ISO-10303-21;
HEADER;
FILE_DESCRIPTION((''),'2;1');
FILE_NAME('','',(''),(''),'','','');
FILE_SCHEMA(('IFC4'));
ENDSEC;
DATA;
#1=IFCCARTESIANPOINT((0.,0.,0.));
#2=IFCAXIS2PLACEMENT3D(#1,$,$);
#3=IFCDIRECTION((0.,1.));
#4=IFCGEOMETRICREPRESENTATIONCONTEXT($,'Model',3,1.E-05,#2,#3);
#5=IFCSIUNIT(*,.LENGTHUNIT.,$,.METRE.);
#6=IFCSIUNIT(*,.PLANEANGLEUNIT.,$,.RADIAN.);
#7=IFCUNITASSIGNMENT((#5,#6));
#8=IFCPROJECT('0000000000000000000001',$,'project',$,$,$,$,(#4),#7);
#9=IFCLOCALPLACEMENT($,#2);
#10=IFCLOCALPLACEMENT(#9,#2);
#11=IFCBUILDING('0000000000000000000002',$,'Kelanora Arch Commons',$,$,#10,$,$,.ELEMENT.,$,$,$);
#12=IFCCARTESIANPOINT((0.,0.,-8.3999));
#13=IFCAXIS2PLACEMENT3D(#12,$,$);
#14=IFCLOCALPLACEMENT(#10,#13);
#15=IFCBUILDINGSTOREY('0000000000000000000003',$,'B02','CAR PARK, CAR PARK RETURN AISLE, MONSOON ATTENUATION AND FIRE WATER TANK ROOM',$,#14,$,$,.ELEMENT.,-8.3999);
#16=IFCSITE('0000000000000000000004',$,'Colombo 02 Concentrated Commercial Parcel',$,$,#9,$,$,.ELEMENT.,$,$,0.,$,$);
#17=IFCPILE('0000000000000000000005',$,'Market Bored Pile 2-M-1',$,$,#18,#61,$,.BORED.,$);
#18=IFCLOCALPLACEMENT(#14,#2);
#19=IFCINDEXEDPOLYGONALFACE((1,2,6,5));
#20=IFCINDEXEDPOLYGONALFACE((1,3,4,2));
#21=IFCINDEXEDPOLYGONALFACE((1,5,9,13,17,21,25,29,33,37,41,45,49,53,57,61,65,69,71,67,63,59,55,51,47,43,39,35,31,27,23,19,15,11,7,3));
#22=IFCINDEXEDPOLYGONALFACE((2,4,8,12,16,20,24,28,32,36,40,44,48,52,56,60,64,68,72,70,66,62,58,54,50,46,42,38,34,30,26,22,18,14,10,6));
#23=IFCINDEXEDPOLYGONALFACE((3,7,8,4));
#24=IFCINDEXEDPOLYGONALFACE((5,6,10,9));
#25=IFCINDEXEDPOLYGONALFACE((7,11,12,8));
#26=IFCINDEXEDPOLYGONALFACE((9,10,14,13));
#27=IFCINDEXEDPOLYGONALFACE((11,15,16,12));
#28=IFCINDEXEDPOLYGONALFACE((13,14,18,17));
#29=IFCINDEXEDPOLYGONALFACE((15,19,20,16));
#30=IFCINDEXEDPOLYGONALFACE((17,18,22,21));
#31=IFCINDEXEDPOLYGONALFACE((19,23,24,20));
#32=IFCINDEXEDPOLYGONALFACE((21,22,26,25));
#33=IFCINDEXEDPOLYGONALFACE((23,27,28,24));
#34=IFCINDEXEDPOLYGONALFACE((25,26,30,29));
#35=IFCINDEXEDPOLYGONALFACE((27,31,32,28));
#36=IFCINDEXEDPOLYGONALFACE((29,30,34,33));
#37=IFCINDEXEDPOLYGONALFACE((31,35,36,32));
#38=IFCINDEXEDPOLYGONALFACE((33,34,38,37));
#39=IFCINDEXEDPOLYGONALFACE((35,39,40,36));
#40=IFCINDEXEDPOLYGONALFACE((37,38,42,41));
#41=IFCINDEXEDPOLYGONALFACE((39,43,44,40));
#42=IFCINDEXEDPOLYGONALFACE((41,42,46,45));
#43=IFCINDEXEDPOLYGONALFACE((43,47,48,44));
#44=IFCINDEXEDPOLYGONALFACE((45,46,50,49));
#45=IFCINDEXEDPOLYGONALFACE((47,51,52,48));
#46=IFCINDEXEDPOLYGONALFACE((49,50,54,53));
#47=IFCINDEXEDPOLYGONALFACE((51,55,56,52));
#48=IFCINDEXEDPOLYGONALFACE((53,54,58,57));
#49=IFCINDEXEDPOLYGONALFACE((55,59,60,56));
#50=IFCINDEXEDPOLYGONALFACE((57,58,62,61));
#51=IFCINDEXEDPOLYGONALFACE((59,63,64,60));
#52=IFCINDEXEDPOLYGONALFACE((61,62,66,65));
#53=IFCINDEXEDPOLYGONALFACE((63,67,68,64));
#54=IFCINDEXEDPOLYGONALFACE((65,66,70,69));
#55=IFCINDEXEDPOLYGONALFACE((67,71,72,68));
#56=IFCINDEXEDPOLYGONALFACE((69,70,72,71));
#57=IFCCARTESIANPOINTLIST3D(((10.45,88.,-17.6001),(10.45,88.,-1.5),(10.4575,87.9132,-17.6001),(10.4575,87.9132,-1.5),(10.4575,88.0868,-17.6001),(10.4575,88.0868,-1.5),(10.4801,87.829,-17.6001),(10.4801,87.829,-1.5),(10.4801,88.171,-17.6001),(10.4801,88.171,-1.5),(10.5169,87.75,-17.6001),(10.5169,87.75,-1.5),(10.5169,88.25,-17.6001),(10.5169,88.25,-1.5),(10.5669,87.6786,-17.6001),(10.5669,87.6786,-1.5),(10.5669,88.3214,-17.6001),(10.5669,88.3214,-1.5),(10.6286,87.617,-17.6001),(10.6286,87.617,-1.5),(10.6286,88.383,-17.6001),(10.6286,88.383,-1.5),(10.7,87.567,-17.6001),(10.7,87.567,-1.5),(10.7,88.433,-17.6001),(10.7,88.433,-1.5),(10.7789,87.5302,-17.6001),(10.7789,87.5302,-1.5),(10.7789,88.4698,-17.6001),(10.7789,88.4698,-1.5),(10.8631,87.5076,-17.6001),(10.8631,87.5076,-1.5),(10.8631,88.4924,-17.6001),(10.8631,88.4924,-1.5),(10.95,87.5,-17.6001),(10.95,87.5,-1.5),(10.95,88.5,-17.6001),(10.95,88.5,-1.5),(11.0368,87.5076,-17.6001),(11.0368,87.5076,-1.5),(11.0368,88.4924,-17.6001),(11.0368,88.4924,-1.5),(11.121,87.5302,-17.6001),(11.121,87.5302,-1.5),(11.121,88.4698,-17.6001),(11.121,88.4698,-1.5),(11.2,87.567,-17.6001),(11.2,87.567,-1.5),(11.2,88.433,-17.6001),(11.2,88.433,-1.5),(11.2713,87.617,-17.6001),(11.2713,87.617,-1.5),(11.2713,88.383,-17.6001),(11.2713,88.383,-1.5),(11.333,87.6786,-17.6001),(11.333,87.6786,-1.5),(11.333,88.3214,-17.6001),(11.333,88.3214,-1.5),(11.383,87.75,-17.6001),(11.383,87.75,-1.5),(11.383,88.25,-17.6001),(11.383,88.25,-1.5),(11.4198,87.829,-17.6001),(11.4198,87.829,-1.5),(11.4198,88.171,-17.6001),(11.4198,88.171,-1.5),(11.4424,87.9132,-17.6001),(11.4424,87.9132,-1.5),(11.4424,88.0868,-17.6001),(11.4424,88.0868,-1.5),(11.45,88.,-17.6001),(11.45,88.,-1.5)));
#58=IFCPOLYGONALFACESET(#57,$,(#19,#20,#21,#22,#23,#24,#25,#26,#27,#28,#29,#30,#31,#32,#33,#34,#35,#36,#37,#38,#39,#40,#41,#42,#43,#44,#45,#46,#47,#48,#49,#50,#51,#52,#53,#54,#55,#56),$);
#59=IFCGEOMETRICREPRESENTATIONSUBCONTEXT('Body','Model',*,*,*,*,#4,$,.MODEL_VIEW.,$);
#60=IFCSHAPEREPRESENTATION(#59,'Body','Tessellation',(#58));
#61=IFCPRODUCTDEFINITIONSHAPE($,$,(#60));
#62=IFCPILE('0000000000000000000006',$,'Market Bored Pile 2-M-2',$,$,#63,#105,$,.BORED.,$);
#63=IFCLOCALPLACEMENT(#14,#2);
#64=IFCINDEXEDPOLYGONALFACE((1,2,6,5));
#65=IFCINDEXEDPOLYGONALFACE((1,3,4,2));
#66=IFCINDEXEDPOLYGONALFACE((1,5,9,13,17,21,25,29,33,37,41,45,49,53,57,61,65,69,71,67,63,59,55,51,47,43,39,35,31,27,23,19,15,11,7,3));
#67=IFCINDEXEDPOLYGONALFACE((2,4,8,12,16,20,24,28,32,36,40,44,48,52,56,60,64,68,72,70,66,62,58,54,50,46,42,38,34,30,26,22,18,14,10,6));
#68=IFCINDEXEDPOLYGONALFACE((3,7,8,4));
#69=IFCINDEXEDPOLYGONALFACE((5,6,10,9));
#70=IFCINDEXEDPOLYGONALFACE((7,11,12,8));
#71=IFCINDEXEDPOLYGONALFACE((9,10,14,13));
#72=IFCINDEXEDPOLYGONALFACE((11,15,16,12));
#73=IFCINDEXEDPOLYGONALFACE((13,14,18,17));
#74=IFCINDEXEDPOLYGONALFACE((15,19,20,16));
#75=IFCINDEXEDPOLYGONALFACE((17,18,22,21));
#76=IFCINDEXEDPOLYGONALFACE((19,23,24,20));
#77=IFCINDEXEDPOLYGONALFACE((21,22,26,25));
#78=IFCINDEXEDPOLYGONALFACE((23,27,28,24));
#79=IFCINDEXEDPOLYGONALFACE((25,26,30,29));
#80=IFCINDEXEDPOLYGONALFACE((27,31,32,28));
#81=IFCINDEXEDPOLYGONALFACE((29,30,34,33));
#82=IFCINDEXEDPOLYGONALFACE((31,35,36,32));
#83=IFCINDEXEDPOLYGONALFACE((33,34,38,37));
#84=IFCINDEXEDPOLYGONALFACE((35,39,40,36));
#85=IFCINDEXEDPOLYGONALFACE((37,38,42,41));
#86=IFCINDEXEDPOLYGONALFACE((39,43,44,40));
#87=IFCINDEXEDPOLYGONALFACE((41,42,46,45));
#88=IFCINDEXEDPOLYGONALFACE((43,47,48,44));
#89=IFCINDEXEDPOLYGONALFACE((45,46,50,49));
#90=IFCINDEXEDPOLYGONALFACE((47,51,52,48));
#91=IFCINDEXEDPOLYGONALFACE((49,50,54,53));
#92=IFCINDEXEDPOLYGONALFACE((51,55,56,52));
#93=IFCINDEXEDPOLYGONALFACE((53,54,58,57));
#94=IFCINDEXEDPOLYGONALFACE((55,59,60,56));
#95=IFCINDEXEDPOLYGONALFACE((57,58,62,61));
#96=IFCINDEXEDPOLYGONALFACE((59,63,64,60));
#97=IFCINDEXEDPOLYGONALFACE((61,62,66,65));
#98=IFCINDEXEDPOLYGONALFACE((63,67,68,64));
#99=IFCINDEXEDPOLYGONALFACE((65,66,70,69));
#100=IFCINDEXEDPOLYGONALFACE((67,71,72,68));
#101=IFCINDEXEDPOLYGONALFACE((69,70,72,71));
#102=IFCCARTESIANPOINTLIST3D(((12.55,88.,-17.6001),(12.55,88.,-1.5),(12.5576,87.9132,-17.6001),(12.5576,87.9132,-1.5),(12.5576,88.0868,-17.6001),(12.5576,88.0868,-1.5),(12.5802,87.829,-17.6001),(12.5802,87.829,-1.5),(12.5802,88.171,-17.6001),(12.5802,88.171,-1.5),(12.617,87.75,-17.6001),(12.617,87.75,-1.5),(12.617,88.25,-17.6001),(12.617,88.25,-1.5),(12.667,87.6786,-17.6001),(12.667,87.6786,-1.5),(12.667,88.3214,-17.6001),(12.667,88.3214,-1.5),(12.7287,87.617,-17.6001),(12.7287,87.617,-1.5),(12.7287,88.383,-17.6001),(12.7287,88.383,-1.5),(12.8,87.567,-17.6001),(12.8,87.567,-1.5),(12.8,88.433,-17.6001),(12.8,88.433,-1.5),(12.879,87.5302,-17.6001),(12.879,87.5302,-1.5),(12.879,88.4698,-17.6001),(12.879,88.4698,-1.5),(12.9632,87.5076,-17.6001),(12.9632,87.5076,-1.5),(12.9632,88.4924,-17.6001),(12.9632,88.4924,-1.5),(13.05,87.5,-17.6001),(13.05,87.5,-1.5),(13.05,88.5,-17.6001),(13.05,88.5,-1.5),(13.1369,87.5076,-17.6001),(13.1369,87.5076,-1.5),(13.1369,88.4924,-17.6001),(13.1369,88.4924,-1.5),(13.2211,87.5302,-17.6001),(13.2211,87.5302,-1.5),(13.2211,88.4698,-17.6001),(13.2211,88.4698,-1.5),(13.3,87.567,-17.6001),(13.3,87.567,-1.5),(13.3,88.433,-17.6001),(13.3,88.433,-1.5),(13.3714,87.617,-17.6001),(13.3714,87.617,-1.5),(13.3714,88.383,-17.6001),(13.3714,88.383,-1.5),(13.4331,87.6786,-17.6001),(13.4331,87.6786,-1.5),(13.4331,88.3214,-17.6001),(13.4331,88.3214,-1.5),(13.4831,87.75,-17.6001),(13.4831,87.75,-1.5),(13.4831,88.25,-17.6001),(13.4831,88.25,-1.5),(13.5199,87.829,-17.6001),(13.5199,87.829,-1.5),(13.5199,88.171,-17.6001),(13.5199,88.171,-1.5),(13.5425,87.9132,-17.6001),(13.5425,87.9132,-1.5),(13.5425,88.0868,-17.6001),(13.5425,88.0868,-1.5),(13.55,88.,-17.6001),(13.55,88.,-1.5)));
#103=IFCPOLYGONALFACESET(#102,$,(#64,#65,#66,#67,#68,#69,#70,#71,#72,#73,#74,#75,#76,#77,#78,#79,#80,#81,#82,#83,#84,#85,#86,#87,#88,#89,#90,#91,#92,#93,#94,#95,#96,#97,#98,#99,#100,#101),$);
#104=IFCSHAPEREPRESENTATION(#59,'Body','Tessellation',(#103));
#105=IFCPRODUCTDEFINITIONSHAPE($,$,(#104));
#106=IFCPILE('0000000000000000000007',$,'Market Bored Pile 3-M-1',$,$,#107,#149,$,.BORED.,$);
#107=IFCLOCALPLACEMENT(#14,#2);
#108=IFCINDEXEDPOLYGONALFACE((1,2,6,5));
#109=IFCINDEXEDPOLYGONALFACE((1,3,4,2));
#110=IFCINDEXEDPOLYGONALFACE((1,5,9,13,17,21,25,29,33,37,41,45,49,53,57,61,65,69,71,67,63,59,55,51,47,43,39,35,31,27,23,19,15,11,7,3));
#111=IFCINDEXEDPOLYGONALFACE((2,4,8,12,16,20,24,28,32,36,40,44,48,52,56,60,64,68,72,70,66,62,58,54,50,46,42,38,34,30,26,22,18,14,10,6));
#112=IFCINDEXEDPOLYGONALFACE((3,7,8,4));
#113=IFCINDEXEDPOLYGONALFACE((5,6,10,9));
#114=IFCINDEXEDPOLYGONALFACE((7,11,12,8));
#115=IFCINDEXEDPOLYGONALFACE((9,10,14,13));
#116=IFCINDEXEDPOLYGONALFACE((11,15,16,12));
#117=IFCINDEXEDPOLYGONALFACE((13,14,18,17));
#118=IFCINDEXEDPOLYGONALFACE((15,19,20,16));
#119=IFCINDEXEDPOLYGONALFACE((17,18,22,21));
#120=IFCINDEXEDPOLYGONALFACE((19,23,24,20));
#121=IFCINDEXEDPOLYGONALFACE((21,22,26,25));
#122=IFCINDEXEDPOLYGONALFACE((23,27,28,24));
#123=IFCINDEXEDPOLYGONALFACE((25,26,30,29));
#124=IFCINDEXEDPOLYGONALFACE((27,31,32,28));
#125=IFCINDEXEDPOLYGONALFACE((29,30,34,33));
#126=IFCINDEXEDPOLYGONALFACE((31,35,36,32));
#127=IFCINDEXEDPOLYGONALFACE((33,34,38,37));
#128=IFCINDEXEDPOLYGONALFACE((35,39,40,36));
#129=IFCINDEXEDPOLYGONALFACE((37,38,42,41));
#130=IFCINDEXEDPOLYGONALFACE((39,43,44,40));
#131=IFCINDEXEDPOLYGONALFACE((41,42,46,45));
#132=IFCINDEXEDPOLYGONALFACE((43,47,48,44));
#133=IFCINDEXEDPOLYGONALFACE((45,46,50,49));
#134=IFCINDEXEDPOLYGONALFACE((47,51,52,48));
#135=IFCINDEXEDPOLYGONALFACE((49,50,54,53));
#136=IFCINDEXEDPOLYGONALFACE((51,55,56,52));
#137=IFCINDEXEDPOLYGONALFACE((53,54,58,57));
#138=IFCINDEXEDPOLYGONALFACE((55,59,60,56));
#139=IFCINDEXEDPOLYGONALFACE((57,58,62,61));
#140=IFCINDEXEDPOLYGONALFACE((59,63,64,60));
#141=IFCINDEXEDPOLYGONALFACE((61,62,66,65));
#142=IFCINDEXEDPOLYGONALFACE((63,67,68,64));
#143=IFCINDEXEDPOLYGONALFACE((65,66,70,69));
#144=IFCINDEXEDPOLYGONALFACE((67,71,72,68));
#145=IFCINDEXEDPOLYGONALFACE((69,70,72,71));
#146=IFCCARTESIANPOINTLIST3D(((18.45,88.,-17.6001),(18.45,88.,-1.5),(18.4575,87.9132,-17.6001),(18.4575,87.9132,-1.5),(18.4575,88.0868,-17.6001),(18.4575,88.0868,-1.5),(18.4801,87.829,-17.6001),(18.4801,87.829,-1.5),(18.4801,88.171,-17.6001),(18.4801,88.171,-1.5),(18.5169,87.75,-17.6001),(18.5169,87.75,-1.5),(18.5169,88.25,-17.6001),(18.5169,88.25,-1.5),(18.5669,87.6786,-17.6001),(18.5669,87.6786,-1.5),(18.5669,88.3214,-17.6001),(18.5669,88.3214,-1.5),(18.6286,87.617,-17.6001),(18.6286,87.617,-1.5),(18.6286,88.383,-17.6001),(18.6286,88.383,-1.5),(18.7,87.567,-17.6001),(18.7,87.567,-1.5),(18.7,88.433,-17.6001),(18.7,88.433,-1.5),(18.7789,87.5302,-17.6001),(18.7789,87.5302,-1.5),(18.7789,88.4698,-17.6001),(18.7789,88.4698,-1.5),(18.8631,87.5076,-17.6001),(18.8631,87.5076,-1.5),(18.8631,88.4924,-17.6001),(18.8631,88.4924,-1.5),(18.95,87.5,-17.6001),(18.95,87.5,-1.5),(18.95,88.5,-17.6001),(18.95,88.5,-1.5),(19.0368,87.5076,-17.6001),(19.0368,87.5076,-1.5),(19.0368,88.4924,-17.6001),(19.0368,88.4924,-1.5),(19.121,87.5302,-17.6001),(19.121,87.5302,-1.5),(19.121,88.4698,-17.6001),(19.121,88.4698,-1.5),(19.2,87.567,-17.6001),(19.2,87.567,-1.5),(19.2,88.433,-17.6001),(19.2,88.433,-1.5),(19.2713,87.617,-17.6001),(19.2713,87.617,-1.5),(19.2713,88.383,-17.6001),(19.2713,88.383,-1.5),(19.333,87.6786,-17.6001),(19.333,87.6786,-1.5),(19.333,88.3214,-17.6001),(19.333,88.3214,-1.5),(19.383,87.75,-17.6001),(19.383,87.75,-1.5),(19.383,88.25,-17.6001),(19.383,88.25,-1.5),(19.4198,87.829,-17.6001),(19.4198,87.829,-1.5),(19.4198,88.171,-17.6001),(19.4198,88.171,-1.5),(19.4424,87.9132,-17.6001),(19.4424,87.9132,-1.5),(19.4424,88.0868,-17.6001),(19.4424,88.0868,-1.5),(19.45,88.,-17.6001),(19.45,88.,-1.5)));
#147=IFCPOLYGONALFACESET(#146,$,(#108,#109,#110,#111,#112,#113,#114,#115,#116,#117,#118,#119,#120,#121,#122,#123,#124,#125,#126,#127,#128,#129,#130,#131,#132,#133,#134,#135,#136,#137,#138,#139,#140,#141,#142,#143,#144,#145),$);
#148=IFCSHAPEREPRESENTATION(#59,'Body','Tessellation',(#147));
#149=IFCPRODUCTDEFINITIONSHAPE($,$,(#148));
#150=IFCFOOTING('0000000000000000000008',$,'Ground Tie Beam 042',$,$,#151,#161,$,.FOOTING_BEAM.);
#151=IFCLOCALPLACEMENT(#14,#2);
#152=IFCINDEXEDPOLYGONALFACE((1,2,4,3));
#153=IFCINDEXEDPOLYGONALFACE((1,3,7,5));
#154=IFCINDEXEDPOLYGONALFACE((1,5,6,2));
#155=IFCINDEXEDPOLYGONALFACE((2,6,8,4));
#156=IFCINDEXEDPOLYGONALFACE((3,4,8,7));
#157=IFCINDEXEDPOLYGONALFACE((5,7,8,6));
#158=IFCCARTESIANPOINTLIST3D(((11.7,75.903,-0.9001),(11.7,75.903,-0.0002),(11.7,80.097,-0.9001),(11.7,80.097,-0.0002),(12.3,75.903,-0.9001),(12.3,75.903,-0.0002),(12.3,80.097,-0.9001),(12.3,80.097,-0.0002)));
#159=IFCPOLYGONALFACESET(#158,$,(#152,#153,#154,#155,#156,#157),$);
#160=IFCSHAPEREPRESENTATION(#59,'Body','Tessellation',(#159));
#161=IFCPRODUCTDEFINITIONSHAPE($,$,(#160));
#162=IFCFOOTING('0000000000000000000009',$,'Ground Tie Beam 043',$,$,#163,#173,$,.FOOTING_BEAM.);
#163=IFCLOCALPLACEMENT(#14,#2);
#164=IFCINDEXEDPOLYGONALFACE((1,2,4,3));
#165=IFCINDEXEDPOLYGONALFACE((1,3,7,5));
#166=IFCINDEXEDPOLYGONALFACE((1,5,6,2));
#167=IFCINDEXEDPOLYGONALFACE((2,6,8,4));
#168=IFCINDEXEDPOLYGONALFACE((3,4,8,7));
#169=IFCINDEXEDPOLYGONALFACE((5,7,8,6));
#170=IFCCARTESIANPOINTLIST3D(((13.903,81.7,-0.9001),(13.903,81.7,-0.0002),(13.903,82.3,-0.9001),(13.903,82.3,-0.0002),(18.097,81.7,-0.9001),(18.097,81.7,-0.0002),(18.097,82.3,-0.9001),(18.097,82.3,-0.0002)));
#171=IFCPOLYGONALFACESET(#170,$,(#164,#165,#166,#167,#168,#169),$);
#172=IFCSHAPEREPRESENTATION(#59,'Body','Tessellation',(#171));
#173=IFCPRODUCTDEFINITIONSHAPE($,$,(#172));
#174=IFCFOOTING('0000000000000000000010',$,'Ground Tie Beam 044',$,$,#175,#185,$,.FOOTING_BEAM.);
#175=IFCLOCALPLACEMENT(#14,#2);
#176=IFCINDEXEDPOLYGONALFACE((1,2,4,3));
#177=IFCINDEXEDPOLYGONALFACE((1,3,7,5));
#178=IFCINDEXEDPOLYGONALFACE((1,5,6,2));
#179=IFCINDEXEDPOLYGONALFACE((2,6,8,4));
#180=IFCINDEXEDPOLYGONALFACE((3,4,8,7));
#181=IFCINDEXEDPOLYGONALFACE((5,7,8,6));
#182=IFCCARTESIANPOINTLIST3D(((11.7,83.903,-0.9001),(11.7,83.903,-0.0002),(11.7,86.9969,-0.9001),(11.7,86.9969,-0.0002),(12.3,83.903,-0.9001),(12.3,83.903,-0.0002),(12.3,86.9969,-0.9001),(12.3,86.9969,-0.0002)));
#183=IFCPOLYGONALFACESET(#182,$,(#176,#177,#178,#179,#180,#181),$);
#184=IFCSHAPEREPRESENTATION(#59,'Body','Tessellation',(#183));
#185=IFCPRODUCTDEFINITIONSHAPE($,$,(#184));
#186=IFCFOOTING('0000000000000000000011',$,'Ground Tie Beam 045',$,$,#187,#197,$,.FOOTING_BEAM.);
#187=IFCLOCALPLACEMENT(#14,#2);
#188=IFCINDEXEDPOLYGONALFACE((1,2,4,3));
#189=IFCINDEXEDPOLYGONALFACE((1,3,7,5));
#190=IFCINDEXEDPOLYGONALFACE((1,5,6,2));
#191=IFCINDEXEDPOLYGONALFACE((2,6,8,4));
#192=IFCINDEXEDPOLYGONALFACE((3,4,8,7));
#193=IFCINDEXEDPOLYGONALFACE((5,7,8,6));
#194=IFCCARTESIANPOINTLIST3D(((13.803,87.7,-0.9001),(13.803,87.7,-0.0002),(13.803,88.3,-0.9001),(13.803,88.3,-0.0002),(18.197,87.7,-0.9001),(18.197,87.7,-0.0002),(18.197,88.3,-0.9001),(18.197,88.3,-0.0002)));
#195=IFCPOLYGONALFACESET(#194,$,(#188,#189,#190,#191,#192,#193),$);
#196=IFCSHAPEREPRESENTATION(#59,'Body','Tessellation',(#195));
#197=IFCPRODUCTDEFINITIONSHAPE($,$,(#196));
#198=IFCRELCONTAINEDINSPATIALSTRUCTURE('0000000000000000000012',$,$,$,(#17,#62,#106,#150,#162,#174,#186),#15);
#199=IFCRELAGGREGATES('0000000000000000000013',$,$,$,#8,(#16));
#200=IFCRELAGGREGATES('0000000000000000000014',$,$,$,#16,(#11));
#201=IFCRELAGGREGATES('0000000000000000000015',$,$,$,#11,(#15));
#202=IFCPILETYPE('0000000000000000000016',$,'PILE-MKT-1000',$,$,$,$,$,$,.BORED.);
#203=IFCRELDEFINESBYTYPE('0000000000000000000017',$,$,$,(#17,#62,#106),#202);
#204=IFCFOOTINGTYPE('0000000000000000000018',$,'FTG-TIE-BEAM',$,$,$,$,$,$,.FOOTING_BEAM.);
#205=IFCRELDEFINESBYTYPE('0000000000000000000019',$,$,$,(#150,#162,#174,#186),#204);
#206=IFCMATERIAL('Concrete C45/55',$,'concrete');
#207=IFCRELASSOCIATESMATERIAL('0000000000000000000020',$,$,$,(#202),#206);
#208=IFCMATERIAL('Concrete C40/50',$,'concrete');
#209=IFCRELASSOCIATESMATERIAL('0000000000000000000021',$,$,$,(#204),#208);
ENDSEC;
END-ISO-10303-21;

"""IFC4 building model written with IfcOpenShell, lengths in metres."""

from ifc_helpers import new_model, si_unit, direction, frame, origin, origin_2d, place, context, subcontext, project, spatial, rectangle, circle, extrude, source, transform, mapped, material, material_profile, profile_set, type_object, element, save


model = new_model("IFC4")

# Units and contexts
model_context = context("Model", 3, precision=1e-05, world=origin(), true_north=direction((0.0, 1.0)))
body_context = subcontext(model_context, "Body", "Model", "MODEL_VIEW")
ifc_project = project(units=[si_unit("LENGTHUNIT", "METRE"), si_unit("PLANEANGLEUNIT", "RADIAN")], contexts=[model_context])

# Site, building, storey
site_placement = place(None, origin())
site = spatial("IfcSite", under=ifc_project, at=site_placement, Name="Colombo 02 Concentrated Commercial Parcel", CompositionType="ELEMENT", RefElevation=0.0)
building_placement = place(site_placement, origin())
building = spatial("IfcBuilding", under=site, at=building_placement, Name="Kelanora Arch Commons", CompositionType="ELEMENT")
storey_placement = place(building_placement, frame((0.0, 0.0, -8.3999)))
storey = spatial("IfcBuildingStorey", under=building, at=storey_placement, Name="B02", Description="CAR PARK, CAR PARK RETURN AISLE, MONSOON ATTENUATION AND FIRE WATER TANK ROOM", CompositionType="ELEMENT", Elevation=-8.3999)

# Shared definitions
ifc_material_1 = material(Name="Concrete C40/50", Category="concrete")

# Shared definitions
ifc_material_2 = material(Name="Concrete C45/55", Category="concrete")
ifc_material_profile_1 = material_profile(ifc_material_2, circle(Radius=0.5, at=origin_2d()), Name="PILE1000")
ifc_profile_set_1 = profile_set([ifc_material_profile_1], Name="Concrete C45/55")
pile_type = type_object("IfcPileType", Name="PILE-MKT-1000", PredefinedType="BORED", material=ifc_profile_set_1)

# Piles
shared_shape_1 = source(origin(), body_context, "Body", "SweptSolid", [
    extrude(circle(Radius=0.5, at=origin_2d()), origin(), (0.0, 0.0, 1.0), 16.1001),
])
for number, where, z_axis, x_axis, name in (
    (1, (10.95, 88.0, -1.5), (0.0, 0.0, -1.0), (1.0, 0.0, 0.0), "Market Bored Pile 2-M-1"),
    (2, (13.05, 88.0, -1.5), (0.0, 0.0, -1.0), (1.0, 0.0, 0.0), "Market Bored Pile 2-M-2"),
    (3, (18.95, 88.0, -1.5), (0.0, 0.0, -1.0), (1.0, 0.0, 0.0), "Market Bored Pile 3-M-1"),
):
    element("IfcPile", number, at=place(storey_placement, frame(where, z_axis=z_axis, x_axis=x_axis)), inside=storey, type_object=pile_type, Name=name, PredefinedType="BORED", context=body_context, shape_type="MappedRepresentation", body=[
        mapped(shared_shape_1, transform((0.0, 0.0, 0.0), scale=1.0)),
    ])

# Footings
footing_type_1 = type_object("IfcFootingType", Name="FTG-TIE-BEAM", PredefinedType="FOOTING_BEAM", material=ifc_material_1)
shared_shape_2 = source(origin(), body_context, "Body", "SweptSolid", [
    extrude(rectangle(XDim=4.1941, YDim=0.6001, at=origin_2d()), origin(), (0.0, 0.0, 1.0), 0.8999),
])
for number, where, z_axis, x_axis, name in (
    (4, (12.0, 78.0, -0.9001), (0.0, 0.0, 1.0), (0.0, 1.0, 0.0), "Ground Tie Beam 042"),
    (5, (16.0, 82.0, -0.9001), (0.0, 0.0, 1.0), (1.0, 0.0, 0.0), "Ground Tie Beam 043"),
):
    element("IfcFooting", number, at=place(storey_placement, frame(where, z_axis=z_axis, x_axis=x_axis)), inside=storey, type_object=footing_type_1, Name=name, PredefinedType="FOOTING_BEAM", context=body_context, shape_type="MappedRepresentation", body=[
        mapped(shared_shape_2, transform((0.0, 0.0, 0.0), scale=1.0)),
    ])
shared_shape_3 = source(origin(), body_context, "Body", "SweptSolid", [
    extrude(rectangle(XDim=3.094, YDim=0.6001, at=origin_2d()), origin(), (0.0, 0.0, 1.0), 0.8999),
])
footing_1_placement = place(storey_placement, frame((12.0, 85.45, -0.9001), z_axis=(0.0, 0.0, 1.0), x_axis=(0.0, 1.0, 0.0)))
element("IfcFooting", 6, at=footing_1_placement, inside=storey, type_object=footing_type_1, Name="Ground Tie Beam 044", PredefinedType="FOOTING_BEAM", context=body_context, shape_type="MappedRepresentation", body=[
    mapped(shared_shape_3, transform((0.0, 0.0, 0.0), scale=1.0)),
])
shared_shape_4 = source(origin(), body_context, "Body", "SweptSolid", [
    extrude(rectangle(XDim=4.394, YDim=0.6001, at=origin_2d()), origin(), (0.0, 0.0, 1.0), 0.8999),
])
footing_2_placement = place(storey_placement, frame((16.0, 88.0, -0.9001), z_axis=(0.0, 0.0, 1.0), x_axis=(1.0, 0.0, 0.0)))
element("IfcFooting", 7, at=footing_2_placement, inside=storey, type_object=footing_type_1, Name="Ground Tie Beam 045", PredefinedType="FOOTING_BEAM", context=body_context, shape_type="MappedRepresentation", body=[
    mapped(shared_shape_4, transform((0.0, 0.0, 0.0), scale=1.0)),
])

save(model, "model.ifc")
